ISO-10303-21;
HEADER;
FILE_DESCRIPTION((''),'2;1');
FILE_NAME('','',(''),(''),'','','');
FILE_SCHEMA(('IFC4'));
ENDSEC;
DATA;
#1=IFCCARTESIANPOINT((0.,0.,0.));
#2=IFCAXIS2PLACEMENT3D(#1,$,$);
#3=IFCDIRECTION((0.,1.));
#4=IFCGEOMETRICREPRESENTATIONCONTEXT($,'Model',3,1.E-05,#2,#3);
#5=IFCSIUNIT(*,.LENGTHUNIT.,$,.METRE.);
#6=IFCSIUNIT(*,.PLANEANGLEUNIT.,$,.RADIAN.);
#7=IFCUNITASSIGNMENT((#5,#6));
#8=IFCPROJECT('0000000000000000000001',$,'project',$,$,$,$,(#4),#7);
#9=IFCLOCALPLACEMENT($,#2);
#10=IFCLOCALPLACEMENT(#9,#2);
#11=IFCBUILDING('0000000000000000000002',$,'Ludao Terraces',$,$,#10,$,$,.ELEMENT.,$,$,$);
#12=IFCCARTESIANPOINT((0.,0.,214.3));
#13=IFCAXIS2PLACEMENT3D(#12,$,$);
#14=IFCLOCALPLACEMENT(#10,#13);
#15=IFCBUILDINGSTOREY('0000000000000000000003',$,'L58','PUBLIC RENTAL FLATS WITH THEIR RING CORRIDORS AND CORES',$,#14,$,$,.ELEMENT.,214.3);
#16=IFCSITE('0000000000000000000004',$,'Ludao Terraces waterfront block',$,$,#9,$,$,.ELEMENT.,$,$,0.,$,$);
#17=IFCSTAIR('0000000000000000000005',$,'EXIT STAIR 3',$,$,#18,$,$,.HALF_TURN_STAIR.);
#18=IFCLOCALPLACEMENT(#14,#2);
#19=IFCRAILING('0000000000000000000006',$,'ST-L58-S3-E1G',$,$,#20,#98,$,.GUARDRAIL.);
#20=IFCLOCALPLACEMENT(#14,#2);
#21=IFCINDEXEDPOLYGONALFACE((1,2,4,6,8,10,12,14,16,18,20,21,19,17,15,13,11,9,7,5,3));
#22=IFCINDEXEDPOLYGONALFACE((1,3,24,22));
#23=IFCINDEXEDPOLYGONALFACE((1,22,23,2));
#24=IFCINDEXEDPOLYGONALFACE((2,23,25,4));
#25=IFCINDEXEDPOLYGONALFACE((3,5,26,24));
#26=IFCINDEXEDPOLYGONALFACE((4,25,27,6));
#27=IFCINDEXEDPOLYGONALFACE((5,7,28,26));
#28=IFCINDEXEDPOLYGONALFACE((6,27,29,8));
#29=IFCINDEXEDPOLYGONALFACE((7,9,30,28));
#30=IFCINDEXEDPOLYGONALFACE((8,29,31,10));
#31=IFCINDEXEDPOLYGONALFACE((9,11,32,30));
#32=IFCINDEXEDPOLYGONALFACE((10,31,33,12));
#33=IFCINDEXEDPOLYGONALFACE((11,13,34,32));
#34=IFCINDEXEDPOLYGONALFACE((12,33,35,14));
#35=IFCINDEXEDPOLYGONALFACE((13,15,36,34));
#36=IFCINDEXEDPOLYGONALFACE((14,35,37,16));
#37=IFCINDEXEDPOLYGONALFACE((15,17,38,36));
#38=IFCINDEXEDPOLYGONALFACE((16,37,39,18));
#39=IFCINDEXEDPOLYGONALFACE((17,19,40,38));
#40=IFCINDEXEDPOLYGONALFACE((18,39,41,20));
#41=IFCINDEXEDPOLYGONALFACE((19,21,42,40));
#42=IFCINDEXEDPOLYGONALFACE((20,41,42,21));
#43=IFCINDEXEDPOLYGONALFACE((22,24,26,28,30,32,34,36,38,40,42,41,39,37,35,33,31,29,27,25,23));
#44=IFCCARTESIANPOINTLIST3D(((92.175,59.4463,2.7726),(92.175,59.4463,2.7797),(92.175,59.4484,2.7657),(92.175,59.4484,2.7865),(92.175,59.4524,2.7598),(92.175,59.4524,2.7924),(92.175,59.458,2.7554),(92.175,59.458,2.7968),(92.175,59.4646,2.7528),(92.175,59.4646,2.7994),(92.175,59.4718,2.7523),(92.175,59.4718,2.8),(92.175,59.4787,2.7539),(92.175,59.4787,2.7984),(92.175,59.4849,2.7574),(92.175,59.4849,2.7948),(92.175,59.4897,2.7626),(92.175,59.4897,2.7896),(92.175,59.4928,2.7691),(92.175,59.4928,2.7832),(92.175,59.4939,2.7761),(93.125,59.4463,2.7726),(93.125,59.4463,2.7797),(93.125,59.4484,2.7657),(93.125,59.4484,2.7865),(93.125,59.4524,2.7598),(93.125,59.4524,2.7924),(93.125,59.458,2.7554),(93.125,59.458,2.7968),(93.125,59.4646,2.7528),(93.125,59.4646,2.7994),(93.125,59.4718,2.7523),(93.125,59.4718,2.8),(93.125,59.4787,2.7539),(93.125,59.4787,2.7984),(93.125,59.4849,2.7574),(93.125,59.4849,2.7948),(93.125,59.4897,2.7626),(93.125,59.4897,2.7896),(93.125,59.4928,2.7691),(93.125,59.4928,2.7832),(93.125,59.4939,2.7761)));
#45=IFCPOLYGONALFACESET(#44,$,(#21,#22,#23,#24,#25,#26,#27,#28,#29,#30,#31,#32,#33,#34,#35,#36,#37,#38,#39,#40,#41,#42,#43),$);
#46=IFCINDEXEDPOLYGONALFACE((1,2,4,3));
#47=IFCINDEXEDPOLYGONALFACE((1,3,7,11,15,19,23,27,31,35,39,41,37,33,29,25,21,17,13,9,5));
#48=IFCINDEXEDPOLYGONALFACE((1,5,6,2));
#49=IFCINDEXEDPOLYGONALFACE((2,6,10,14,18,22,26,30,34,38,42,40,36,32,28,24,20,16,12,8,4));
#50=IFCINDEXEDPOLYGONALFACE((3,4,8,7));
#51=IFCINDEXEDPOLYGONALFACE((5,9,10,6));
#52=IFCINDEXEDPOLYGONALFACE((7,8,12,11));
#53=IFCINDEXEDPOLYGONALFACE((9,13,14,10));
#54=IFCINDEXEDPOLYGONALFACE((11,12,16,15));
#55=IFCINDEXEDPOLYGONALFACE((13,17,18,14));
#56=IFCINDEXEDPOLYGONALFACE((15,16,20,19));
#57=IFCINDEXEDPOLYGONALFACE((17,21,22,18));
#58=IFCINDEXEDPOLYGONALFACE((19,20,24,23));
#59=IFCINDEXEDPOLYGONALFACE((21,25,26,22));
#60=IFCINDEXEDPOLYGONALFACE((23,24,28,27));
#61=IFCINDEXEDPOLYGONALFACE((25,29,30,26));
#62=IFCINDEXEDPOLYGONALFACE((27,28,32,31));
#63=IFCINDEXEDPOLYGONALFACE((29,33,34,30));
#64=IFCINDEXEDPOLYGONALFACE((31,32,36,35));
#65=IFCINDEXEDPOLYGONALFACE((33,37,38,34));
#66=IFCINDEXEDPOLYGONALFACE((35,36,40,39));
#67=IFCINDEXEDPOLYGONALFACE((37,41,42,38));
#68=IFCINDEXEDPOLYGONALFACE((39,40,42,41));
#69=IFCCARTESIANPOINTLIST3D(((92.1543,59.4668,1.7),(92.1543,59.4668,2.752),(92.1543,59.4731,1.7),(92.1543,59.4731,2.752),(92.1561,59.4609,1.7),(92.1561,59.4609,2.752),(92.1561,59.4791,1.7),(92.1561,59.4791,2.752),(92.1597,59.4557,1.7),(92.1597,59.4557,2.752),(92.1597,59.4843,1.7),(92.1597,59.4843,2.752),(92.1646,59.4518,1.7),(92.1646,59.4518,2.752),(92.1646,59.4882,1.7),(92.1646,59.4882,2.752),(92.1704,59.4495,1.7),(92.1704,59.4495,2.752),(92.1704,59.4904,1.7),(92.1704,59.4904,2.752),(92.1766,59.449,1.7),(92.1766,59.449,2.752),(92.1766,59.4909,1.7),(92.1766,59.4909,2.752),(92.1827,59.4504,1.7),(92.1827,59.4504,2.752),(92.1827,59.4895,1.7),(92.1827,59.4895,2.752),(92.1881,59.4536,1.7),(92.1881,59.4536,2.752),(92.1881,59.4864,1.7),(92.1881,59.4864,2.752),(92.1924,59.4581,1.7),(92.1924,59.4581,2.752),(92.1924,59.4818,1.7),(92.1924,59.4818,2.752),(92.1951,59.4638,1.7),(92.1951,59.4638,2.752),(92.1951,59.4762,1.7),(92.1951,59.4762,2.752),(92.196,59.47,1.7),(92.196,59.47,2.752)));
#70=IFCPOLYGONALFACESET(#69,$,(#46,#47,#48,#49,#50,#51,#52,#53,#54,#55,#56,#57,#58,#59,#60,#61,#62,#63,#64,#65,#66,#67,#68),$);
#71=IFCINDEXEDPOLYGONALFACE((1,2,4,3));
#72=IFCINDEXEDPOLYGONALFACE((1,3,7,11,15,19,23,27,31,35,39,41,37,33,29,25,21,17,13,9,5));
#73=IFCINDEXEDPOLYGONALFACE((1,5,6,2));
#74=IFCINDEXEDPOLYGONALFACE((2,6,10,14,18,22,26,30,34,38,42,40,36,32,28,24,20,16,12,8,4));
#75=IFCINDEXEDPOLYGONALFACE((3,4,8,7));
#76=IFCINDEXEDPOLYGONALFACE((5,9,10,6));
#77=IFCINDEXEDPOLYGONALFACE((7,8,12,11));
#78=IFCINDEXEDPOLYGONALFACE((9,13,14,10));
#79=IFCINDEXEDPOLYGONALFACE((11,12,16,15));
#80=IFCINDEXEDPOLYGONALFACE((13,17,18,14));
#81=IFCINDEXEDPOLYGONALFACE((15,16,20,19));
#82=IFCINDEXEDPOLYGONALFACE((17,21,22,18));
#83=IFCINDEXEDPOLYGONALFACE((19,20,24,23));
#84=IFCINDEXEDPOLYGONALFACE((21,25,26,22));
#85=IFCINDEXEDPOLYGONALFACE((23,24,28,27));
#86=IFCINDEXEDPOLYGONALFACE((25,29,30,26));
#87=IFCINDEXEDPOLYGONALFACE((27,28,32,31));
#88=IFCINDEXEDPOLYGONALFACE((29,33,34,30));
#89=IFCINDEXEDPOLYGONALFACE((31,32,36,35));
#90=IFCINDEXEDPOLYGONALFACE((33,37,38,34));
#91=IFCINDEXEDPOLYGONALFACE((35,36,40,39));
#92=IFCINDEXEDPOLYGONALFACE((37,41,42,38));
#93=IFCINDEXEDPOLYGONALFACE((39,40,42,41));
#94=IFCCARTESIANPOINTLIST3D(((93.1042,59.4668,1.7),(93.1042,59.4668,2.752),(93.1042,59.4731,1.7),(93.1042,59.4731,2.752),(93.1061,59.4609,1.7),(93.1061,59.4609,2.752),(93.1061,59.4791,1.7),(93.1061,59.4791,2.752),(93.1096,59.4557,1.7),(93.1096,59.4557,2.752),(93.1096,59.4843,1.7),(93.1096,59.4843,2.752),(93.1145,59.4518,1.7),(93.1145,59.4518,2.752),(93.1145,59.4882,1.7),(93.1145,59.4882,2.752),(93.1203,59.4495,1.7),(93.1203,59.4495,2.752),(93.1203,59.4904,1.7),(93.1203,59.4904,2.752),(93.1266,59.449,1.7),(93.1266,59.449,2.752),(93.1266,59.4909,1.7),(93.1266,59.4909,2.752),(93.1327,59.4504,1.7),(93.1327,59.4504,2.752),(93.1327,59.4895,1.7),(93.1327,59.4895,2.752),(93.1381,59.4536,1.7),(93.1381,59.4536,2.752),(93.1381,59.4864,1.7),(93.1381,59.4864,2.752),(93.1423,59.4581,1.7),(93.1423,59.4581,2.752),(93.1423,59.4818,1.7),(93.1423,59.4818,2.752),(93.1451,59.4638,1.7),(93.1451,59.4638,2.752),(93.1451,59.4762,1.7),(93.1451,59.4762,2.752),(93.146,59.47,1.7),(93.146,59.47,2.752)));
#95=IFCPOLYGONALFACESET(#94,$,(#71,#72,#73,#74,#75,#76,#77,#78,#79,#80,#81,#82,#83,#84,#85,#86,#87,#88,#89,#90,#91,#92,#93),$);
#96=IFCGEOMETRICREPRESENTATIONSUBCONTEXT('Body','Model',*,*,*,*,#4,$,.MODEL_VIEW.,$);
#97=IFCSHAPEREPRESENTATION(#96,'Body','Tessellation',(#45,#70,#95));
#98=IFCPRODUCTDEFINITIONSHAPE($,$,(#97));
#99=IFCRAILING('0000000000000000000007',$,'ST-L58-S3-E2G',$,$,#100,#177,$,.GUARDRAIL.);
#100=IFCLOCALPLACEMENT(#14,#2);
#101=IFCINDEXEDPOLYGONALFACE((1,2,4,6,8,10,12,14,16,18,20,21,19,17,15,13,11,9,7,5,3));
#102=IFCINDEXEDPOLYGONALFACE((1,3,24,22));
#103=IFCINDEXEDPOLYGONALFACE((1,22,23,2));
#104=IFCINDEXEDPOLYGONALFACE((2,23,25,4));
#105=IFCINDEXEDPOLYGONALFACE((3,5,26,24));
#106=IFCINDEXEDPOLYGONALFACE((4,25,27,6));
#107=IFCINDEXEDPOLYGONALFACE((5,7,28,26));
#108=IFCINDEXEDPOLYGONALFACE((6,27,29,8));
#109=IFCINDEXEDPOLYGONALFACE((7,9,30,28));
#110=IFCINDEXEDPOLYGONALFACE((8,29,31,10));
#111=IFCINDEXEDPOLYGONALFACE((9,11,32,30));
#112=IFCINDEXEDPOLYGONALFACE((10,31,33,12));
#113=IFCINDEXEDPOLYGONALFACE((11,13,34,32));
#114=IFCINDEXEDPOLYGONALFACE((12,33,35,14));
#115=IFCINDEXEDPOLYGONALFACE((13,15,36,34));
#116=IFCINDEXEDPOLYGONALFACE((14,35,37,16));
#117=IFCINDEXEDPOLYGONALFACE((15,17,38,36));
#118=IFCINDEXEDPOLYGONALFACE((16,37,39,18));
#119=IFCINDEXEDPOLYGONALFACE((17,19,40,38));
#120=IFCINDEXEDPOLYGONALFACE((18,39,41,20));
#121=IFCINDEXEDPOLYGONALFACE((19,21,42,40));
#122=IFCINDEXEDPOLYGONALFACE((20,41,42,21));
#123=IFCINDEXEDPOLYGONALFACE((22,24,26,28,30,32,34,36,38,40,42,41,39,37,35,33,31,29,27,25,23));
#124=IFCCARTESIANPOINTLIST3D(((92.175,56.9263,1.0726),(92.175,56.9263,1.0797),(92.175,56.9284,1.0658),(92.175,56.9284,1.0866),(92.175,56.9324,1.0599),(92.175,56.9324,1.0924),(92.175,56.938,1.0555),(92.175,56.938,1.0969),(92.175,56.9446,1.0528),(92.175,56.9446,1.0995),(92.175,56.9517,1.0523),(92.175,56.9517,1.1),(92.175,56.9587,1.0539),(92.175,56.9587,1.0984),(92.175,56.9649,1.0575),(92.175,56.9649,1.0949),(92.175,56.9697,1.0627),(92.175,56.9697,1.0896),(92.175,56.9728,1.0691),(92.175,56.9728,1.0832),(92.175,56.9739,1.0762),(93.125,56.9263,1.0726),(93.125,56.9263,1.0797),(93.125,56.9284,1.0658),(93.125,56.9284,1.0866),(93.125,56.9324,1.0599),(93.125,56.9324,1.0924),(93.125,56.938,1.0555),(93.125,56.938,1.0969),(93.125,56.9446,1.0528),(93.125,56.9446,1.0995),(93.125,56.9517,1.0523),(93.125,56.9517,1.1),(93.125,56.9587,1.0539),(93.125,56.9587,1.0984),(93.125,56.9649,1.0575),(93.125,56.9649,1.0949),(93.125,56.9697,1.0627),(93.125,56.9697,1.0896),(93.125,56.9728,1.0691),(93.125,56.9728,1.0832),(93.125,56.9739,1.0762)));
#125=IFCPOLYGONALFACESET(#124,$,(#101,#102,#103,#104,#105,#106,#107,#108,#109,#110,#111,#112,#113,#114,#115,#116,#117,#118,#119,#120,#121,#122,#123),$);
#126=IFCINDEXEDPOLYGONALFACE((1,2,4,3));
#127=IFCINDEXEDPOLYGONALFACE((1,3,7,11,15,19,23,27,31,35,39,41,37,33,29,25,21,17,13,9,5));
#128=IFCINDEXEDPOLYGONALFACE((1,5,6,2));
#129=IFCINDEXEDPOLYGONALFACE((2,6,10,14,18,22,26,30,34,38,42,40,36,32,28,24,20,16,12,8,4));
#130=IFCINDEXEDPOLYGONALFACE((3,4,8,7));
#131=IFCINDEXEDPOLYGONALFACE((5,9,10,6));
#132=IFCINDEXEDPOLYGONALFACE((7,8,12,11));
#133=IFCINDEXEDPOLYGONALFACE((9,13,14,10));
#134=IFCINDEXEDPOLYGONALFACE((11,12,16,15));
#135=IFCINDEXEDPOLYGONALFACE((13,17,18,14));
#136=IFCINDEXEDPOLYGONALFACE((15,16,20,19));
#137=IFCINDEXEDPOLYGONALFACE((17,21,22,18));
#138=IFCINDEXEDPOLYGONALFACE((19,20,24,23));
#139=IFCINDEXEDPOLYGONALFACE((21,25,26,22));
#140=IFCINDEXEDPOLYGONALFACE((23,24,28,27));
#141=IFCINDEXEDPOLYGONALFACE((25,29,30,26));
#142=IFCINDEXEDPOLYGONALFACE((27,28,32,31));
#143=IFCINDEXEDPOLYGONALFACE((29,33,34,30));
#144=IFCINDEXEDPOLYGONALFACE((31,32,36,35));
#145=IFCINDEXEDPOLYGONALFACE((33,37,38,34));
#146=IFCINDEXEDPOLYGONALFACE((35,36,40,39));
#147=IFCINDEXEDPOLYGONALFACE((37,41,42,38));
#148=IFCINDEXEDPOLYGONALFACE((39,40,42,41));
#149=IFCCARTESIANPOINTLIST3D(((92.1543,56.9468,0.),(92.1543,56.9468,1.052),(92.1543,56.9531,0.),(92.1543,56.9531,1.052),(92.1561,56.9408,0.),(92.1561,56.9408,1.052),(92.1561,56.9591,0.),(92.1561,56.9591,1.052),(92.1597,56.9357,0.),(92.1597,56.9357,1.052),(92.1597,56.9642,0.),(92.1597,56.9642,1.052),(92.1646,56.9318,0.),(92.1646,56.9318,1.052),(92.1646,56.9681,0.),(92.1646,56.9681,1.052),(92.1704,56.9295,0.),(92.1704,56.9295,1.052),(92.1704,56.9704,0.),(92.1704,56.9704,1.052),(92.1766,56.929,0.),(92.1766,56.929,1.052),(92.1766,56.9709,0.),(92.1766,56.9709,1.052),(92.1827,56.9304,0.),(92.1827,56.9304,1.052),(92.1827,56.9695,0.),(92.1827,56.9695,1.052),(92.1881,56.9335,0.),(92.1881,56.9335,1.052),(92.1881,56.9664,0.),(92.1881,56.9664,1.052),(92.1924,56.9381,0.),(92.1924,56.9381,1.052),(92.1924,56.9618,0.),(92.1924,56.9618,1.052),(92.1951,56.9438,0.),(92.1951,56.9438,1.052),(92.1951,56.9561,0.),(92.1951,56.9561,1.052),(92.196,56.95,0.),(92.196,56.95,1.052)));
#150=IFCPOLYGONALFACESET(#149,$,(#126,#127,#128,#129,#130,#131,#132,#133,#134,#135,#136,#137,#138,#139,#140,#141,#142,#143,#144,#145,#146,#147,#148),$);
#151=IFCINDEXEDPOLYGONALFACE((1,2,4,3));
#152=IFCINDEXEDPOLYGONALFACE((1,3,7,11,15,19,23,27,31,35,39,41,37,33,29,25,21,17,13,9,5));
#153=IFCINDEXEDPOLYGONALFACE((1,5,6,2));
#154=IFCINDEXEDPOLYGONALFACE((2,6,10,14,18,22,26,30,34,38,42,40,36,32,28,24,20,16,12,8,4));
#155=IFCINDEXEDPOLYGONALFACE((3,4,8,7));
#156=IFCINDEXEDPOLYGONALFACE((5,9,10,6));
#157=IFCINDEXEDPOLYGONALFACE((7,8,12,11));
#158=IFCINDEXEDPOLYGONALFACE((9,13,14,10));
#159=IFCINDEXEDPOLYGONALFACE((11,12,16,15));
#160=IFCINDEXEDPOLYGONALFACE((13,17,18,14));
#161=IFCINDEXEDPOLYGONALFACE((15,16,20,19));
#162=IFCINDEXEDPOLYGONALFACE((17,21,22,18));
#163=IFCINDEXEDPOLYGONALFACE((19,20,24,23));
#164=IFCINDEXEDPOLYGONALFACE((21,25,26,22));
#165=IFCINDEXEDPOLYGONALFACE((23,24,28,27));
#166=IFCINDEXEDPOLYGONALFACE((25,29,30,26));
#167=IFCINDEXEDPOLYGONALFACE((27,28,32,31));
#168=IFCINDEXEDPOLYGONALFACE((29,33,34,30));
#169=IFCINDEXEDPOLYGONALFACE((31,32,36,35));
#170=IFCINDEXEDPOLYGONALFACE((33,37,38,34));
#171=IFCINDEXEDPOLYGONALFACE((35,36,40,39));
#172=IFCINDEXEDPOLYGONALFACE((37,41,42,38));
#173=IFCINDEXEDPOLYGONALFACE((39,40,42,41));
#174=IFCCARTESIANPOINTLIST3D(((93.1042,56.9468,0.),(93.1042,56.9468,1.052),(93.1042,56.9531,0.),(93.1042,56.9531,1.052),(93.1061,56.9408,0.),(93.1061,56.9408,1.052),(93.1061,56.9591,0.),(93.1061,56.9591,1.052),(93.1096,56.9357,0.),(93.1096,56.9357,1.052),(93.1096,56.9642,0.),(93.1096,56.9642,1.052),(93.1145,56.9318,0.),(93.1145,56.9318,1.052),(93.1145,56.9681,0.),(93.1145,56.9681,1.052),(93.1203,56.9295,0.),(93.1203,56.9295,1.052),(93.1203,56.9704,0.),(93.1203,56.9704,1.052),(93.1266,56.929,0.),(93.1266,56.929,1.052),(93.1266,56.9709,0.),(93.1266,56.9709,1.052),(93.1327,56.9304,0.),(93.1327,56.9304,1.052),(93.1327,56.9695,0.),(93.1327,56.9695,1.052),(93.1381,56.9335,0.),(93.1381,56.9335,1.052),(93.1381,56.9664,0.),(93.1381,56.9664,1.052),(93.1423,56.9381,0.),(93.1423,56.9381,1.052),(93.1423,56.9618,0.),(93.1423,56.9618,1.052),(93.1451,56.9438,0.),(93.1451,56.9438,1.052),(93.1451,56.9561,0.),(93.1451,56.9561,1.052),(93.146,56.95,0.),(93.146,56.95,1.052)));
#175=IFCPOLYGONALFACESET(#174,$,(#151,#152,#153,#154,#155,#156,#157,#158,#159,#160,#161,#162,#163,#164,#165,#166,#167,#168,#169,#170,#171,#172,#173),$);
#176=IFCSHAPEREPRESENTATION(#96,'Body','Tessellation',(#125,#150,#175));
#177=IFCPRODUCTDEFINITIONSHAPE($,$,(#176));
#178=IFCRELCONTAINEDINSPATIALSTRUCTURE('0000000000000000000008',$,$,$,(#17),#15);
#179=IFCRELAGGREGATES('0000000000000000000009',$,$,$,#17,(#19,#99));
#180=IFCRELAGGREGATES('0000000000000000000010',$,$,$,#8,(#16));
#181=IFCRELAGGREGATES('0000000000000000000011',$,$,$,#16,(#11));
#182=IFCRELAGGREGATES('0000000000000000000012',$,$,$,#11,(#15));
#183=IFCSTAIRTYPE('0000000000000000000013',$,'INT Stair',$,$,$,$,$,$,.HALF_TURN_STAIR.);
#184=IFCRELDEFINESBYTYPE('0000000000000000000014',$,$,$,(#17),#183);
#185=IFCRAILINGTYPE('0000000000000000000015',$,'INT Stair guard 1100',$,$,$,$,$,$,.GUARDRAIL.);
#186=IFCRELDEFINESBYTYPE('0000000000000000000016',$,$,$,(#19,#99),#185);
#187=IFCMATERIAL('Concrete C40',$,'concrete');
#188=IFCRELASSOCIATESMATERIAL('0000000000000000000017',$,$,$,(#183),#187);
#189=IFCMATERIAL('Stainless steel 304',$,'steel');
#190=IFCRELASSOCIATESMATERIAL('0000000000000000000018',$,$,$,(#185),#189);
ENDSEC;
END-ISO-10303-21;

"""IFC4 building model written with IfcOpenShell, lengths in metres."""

from ifc_helpers import new_model, si_unit, direction, frame, origin, origin_2d, place, context, subcontext, project, spatial, circle, extrude, material, type_object, element, aggregate, save


model = new_model("IFC4")

# Units and contexts
model_context = context("Model", 3, precision=1e-05, world=origin(), true_north=direction((0.0, 1.0)))
body_context = subcontext(model_context, "Body", "Model", "MODEL_VIEW")
ifc_project = project(units=[si_unit("LENGTHUNIT", "METRE"), si_unit("PLANEANGLEUNIT", "RADIAN")], contexts=[model_context])

# Site, building, storey
site_placement = place(None, origin())
site = spatial("IfcSite", under=ifc_project, at=site_placement, Name="Ludao Terraces waterfront block", CompositionType="ELEMENT", RefElevation=0.0)
building_placement = place(site_placement, origin())
building = spatial("IfcBuilding", under=site, at=building_placement, Name="Ludao Terraces", CompositionType="ELEMENT")
storey_placement = place(building_placement, frame((0.0, 0.0, 214.3)))
storey = spatial("IfcBuildingStorey", under=building, at=storey_placement, Name="L58", Description="PUBLIC RENTAL FLATS WITH THEIR RING CORRIDORS AND CORES", CompositionType="ELEMENT", Elevation=214.3)

# Shared definitions
ifc_material_1 = material(Name="Concrete C40", Category="concrete")

# Stair, railings
stair_type = type_object("IfcStairType", Name="INT Stair", PredefinedType="HALF_TURN_STAIR", material=ifc_material_1)
stair_placement = place(storey_placement, origin())
stair = element("IfcStair", 1, at=stair_placement, inside=storey, type_object=stair_type, Name="EXIT STAIR 3", PredefinedType="HALF_TURN_STAIR")
ifc_material_2 = material(Name="Stainless steel 304", Category="steel")
railing_type_1 = type_object("IfcRailingType", Name="INT Stair guard 1100", PredefinedType="GUARDRAIL", material=ifc_material_2)
railing_1_placement = place(storey_placement, frame((92.175, 59.47, 1.7)))
railing_1 = element("IfcRailing", 2, at=railing_1_placement, type_object=railing_type_1, Name="ST-L58-S3-E1G", PredefinedType="GUARDRAIL", context=body_context, shape_type="SweptSolid", body=[
    extrude(circle(Radius=0.0239, at=origin_2d()), frame((0.0, 0.0, 1.0762), z_axis=(1.0, 0.0, 0.0), x_axis=(0.0, 1.0, 0.0)), (0.0, 0.0, 1.0), 0.95),
    extrude(circle(Radius=0.021, at=origin_2d()), origin(), (0.0, 0.0, 1.0), 1.052),
    extrude(circle(Radius=0.021, at=origin_2d()), frame((0.95, 0.0, 0.0)), (0.0, 0.0, 1.0), 1.052),
])
railing_2_placement = place(storey_placement, frame((92.175, 56.95, 0.0)))
railing_2 = element("IfcRailing", 3, at=railing_2_placement, type_object=railing_type_1, Name="ST-L58-S3-E2G", PredefinedType="GUARDRAIL", context=body_context, shape_type="SweptSolid", body=[
    extrude(circle(Radius=0.0239, at=origin_2d()), frame((0.0, 0.0, 1.0762), z_axis=(1.0, 0.0, 0.0), x_axis=(0.0, 1.0, 0.0)), (0.0, 0.0, 1.0), 0.95),
    extrude(circle(Radius=0.021, at=origin_2d()), origin(), (0.0, 0.0, 1.0), 1.052),
    extrude(circle(Radius=0.021, at=origin_2d()), frame((0.95, 0.0, 0.0)), (0.0, 0.0, 1.0), 1.052),
])
aggregate(stair, [railing_1, railing_2])

save(model, "model.ifc")
